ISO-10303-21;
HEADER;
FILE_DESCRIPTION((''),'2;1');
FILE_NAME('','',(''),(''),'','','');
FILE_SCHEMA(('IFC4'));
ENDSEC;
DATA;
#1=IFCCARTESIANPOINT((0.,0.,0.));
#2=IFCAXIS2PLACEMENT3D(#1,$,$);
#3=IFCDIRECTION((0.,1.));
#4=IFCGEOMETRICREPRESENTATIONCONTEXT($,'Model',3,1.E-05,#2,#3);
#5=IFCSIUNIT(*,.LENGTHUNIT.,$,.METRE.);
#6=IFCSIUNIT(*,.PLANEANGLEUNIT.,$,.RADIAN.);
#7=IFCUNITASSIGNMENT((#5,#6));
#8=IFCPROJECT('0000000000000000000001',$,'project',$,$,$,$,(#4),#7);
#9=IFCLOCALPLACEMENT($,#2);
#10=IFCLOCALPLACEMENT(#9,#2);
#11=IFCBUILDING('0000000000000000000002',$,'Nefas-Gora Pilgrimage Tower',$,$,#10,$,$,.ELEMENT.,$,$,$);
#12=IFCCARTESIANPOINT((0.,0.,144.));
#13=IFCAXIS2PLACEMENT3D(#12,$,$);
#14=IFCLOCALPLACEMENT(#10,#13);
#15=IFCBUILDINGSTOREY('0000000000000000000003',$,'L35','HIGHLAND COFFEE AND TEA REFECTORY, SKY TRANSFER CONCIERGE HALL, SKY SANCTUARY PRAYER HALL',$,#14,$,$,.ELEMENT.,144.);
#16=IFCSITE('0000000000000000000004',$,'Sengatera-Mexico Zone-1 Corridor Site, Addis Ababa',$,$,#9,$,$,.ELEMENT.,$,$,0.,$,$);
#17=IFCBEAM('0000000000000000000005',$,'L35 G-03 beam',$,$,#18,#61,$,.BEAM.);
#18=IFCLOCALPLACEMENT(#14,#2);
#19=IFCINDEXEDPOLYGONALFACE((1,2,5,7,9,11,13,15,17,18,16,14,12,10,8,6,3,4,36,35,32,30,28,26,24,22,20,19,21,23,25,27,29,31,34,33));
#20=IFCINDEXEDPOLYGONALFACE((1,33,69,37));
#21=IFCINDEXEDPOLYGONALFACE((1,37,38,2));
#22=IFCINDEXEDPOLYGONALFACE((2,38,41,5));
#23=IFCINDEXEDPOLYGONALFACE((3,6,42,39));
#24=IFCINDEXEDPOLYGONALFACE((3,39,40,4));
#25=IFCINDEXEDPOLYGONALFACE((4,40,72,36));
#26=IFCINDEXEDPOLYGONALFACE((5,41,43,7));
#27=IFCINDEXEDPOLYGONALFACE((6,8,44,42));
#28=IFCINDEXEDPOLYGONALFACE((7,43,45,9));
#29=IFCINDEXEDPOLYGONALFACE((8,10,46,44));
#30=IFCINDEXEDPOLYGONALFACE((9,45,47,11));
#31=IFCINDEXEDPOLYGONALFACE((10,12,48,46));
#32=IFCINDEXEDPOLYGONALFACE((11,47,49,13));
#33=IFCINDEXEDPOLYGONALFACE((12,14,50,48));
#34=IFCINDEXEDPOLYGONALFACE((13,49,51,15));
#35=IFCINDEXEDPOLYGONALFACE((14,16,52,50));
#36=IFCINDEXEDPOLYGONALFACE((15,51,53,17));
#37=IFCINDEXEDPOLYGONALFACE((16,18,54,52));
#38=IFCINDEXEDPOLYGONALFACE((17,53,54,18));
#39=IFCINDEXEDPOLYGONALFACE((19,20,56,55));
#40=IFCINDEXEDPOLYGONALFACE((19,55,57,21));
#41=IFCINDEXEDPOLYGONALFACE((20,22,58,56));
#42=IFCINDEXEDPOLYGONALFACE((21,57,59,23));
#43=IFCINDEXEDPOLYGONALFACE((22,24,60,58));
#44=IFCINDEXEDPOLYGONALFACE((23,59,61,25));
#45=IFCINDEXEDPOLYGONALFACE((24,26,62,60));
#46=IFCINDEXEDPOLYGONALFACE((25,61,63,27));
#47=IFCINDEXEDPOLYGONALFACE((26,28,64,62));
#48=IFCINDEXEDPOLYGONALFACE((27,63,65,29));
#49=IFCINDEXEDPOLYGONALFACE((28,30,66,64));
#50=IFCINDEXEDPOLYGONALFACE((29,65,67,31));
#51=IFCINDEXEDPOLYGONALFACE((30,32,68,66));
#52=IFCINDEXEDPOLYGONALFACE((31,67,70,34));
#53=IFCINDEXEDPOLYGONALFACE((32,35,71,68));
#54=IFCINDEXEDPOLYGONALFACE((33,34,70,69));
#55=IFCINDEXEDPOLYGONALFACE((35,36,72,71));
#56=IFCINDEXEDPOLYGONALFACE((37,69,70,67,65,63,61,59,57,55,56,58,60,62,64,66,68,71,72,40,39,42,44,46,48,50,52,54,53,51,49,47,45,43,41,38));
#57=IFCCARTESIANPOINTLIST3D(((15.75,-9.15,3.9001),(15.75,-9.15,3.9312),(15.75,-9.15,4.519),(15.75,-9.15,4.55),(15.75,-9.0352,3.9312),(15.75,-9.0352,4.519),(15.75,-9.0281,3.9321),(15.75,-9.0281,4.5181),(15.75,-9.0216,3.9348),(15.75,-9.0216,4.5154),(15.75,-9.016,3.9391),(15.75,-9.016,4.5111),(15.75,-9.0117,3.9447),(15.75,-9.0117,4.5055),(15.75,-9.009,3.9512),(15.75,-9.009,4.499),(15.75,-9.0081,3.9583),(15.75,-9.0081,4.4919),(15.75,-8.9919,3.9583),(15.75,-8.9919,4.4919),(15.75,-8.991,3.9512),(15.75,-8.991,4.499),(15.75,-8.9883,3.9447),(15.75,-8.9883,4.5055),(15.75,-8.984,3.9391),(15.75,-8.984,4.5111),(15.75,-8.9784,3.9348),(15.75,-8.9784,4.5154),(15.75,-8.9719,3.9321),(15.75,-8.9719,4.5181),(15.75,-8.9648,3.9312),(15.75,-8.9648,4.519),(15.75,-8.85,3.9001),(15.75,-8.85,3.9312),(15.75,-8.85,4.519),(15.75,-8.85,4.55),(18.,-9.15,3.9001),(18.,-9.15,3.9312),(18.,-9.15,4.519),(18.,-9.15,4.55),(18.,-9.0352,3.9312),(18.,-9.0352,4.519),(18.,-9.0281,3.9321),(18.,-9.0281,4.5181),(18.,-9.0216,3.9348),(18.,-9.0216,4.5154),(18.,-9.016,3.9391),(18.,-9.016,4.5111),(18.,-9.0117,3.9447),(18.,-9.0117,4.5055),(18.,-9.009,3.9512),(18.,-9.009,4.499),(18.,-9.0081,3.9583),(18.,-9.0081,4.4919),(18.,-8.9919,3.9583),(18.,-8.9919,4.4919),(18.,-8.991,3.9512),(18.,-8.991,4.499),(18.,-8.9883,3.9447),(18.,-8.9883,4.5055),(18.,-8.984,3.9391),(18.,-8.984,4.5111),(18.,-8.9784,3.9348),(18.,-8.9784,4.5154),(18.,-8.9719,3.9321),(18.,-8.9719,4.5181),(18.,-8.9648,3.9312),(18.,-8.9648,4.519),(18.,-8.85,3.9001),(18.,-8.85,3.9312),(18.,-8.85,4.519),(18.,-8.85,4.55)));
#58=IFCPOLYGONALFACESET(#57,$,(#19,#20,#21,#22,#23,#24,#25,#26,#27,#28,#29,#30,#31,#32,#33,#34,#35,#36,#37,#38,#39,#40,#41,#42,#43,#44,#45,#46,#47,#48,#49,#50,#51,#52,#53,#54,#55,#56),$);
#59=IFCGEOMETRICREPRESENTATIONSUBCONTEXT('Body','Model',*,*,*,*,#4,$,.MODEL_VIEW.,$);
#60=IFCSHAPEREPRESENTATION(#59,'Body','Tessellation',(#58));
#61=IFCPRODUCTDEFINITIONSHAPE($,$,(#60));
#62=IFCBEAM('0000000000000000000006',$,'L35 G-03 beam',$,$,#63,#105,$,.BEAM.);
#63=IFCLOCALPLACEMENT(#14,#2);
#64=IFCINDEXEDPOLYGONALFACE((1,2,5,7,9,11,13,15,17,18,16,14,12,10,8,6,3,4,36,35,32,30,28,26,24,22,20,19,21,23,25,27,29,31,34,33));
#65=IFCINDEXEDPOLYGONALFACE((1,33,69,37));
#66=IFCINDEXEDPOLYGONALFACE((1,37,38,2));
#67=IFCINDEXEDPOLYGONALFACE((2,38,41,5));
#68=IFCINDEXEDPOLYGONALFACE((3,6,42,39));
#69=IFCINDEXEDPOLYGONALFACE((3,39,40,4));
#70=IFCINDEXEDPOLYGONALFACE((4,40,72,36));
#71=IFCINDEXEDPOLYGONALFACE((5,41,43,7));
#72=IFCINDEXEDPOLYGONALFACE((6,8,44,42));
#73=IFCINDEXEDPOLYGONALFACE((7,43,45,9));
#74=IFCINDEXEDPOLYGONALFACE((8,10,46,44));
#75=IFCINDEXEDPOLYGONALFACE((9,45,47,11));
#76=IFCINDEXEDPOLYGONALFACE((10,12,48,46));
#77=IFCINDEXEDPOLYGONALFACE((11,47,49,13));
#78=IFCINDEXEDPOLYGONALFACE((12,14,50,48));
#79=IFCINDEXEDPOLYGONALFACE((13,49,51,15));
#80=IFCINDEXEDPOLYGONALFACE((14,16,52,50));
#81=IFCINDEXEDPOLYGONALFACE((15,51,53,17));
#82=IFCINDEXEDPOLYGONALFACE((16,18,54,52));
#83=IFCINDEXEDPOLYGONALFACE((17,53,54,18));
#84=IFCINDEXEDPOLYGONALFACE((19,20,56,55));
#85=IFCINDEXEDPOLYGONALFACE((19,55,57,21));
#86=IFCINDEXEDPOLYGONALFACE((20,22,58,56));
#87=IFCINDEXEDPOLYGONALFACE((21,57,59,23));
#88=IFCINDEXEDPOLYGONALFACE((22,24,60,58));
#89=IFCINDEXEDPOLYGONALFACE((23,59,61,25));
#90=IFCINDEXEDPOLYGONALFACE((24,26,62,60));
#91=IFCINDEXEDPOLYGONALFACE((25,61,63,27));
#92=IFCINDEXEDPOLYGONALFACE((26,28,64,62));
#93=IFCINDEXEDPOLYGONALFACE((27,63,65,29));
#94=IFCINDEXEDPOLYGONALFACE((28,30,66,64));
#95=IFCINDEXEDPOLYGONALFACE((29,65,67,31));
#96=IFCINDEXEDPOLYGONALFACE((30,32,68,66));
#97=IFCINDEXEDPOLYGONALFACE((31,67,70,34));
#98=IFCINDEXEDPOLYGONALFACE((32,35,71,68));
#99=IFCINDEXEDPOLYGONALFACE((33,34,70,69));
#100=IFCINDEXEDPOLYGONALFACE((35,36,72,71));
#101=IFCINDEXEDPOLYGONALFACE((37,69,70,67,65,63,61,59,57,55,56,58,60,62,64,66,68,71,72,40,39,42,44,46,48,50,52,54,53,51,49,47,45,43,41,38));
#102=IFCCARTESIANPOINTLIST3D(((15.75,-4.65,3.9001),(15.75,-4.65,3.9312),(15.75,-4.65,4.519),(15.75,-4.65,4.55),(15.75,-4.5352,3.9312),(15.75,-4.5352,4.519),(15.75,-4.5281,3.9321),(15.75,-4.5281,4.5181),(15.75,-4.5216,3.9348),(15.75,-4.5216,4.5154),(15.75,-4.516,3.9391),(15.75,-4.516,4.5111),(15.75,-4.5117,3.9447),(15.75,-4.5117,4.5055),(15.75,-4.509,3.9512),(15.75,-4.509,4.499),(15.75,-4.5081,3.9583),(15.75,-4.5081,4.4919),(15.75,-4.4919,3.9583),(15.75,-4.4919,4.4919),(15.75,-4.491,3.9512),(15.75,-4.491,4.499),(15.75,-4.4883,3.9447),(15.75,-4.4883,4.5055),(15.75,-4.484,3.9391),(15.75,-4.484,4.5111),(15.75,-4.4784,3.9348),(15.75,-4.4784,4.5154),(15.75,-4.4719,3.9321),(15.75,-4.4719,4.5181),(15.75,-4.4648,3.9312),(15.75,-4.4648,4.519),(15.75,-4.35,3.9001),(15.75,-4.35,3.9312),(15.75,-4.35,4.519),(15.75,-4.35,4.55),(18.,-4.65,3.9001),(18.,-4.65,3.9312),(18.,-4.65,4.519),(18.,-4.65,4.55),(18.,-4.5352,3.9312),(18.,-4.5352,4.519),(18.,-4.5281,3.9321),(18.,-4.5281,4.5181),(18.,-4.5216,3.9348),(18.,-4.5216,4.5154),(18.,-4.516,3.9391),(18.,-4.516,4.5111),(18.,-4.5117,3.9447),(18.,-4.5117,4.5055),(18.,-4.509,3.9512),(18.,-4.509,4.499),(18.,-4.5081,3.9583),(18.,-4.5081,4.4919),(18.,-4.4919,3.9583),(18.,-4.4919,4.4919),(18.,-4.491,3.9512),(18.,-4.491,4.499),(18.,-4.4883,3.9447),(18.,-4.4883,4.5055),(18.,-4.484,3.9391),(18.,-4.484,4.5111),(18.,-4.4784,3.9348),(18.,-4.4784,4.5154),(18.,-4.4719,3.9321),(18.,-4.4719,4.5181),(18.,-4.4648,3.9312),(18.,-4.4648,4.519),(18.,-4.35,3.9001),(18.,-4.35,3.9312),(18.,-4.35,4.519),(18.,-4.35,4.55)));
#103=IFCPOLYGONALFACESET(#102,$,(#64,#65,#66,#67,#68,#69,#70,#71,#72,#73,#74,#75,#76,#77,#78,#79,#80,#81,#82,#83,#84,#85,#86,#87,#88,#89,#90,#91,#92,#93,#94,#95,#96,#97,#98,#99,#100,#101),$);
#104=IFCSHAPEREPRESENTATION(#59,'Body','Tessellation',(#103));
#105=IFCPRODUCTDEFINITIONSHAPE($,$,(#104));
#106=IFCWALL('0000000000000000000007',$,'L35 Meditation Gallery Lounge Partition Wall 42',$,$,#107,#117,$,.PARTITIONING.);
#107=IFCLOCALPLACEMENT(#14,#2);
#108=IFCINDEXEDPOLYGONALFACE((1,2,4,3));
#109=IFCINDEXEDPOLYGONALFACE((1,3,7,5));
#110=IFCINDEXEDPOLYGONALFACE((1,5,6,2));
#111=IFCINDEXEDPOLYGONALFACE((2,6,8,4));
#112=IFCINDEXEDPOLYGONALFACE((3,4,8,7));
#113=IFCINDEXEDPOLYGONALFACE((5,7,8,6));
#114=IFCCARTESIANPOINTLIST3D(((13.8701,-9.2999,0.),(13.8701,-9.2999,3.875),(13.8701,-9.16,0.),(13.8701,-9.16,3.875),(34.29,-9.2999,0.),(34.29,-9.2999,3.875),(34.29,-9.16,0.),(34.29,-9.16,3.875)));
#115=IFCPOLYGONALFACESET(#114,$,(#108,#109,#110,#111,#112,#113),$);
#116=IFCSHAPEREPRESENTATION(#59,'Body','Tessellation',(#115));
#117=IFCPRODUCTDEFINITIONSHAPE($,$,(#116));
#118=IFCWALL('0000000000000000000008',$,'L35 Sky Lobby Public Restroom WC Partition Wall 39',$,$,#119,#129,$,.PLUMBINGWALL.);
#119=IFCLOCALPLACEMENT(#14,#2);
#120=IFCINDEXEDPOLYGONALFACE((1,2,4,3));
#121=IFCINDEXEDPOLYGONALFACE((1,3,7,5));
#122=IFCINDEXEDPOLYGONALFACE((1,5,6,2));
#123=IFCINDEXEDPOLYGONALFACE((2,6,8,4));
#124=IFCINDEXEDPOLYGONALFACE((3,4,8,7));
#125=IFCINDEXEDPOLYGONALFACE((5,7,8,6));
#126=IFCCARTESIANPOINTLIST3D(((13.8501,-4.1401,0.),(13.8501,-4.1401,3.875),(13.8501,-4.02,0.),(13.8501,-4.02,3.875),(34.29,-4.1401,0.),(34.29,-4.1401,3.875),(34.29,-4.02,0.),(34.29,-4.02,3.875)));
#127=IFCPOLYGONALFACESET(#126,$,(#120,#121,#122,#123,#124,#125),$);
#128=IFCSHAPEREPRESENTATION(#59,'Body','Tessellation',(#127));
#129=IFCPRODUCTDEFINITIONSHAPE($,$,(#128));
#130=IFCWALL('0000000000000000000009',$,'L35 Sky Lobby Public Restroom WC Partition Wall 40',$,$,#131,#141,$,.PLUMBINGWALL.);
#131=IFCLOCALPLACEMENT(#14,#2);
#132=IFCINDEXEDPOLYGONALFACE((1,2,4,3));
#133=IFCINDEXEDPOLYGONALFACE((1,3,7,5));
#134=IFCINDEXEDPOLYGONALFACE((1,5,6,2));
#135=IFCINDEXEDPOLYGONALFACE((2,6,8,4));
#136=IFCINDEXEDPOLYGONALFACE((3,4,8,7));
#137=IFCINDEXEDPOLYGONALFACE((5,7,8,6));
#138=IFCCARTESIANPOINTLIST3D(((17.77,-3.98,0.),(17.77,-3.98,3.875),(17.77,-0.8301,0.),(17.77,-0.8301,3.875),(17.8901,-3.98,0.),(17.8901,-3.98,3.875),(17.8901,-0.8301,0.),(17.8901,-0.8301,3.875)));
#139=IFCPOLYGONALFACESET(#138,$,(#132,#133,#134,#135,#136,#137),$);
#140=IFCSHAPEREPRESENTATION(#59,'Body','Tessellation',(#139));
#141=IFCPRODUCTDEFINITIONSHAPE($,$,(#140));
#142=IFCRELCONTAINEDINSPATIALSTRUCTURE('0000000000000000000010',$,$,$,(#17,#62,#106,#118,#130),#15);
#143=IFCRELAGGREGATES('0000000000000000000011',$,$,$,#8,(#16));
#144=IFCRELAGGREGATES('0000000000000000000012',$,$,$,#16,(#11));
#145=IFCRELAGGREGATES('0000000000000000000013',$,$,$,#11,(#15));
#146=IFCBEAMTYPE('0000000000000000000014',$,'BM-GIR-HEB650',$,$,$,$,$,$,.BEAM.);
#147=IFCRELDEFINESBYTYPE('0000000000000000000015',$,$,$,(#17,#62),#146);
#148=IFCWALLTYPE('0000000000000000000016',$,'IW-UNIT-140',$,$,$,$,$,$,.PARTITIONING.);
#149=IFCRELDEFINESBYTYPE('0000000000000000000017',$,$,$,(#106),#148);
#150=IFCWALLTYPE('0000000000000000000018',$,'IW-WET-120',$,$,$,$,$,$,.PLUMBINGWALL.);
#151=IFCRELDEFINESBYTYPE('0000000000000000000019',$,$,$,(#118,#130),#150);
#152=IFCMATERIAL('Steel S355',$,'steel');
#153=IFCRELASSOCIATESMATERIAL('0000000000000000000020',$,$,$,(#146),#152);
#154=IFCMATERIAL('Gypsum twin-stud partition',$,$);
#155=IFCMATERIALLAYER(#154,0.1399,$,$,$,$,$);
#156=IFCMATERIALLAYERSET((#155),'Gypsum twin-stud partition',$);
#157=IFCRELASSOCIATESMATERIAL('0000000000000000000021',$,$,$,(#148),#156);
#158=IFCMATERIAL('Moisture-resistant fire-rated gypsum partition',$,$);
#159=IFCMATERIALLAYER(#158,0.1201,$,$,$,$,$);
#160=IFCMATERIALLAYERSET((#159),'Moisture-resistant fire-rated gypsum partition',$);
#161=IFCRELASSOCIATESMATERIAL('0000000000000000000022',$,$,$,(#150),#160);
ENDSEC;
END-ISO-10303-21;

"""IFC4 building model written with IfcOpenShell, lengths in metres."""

from ifc_helpers import new_model, si_unit, direction, frame, frame_2d, origin, origin_2d, place, context, subcontext, project, spatial, rectangle, i_section, extrude, source, transform, mapped, material, layer, layer_set, material_profile, profile_set, type_object, element, save


model = new_model("IFC4")

# Units and contexts
model_context = context("Model", 3, precision=1e-05, world=origin(), true_north=direction((0.0, 1.0)))
body_context = subcontext(model_context, "Body", "Model", "MODEL_VIEW")
ifc_project = project(units=[si_unit("LENGTHUNIT", "METRE"), si_unit("PLANEANGLEUNIT", "RADIAN")], contexts=[model_context])

# Site, building, storey
site_placement = place(None, origin())
site = spatial("IfcSite", under=ifc_project, at=site_placement, Name="Sengatera-Mexico Zone-1 Corridor Site, Addis Ababa", CompositionType="ELEMENT", RefElevation=0.0)
building_placement = place(site_placement, origin())
building = spatial("IfcBuilding", under=site, at=building_placement, Name="Nefas-Gora Pilgrimage Tower", CompositionType="ELEMENT")
storey_placement = place(building_placement, frame((0.0, 0.0, 144.0)))
storey = spatial("IfcBuildingStorey", under=building, at=storey_placement, Name="L35", Description="HIGHLAND COFFEE AND TEA REFECTORY, SKY TRANSFER CONCIERGE HALL, SKY SANCTUARY PRAYER HALL", CompositionType="ELEMENT", Elevation=144.0)

# Beams
ifc_material_1 = material(Name="Steel S355", Category="steel")
ifc_material_profile_1 = material_profile(ifc_material_1, i_section(OverallWidth=0.3, OverallDepth=0.6499, WebThickness=0.0161, FlangeThickness=0.031, FilletRadius=0.0271, at=origin_2d()), Name="HEB 650")
ifc_profile_set_1 = profile_set([ifc_material_profile_1], Name="Steel S355")
beam_type_1 = type_object("IfcBeamType", Name="BM-GIR-HEB650", PredefinedType="BEAM", material=ifc_profile_set_1)
shared_shape_1 = source(origin(), body_context, "Body", "SweptSolid", [
    extrude(i_section(OverallWidth=0.3, OverallDepth=0.6499, WebThickness=0.0161, FlangeThickness=0.031, FilletRadius=0.0271, at=origin_2d()), origin(), (0.0, 0.0, 1.0), 2.25),
])
for number, where, z_axis, x_axis, name in (
    (1, (15.75, -9.0, 4.2251), (1.0, 0.0, 0.0), (0.0, 1.0, 0.0), "L35 G-03 beam"),
    (2, (15.75, -4.5, 4.2251), (1.0, 0.0, 0.0), (0.0, 1.0, 0.0), "L35 G-03 beam"),
):
    element("IfcBeam", number, at=place(storey_placement, frame(where, z_axis=z_axis, x_axis=x_axis)), inside=storey, type_object=beam_type_1, Name=name, PredefinedType="BEAM", context=body_context, shape_type="MappedRepresentation", body=[
        mapped(shared_shape_1, transform((0.0, 0.0, 0.0), x_axis=(1.0, 0.0, 0.0), y_axis=(0.0, 1.0, 0.0), z_axis=(0.0, 0.0, 1.0), scale=1.0)),
    ])

# Walls
ifc_material_2 = material(Name="Gypsum twin-stud partition")
ifc_layer_1 = layer(ifc_material_2, 0.1399)
ifc_layer_set_1 = layer_set([ifc_layer_1], Name="Gypsum twin-stud partition")
wall_type_1 = type_object("IfcWallType", Name="IW-UNIT-140", PredefinedType="PARTITIONING", material=ifc_layer_set_1)
shared_shape_2 = source(origin(), body_context, "Body", "SweptSolid", [
    extrude(rectangle(XDim=20.4199, YDim=0.1399, at=frame_2d((10.21, 0.0))), origin(), (0.0, 0.0, 1.0), 3.875),
])
wall_1_placement = place(storey_placement, frame((13.8701, -9.23, 0.0), z_axis=(0.0, 0.0, 1.0), x_axis=(1.0, 0.0, 0.0)))
element("IfcWall", 3, at=wall_1_placement, inside=storey, type_object=wall_type_1, Name="L35 Meditation Gallery Lounge Partition Wall 42", PredefinedType="PARTITIONING", context=body_context, shape_type="MappedRepresentation", body=[
    mapped(shared_shape_2, transform((0.0, 0.0, 0.0), x_axis=(1.0, 0.0, 0.0), y_axis=(0.0, 1.0, 0.0), z_axis=(0.0, 0.0, 1.0), scale=1.0)),
])
ifc_material_3 = material(Name="Moisture-resistant fire-rated gypsum partition")
ifc_layer_2 = layer(ifc_material_3, 0.1201)
ifc_layer_set_2 = layer_set([ifc_layer_2], Name="Moisture-resistant fire-rated gypsum partition")
wall_type_2 = type_object("IfcWallType", Name="IW-WET-120", PredefinedType="PLUMBINGWALL", material=ifc_layer_set_2)
shared_shape_3 = source(origin(), body_context, "Body", "SweptSolid", [
    extrude(rectangle(XDim=20.4399, YDim=0.1201, at=frame_2d((10.22, 0.0))), origin(), (0.0, 0.0, 1.0), 3.875),
])
wall_2_placement = place(storey_placement, frame((13.8501, -4.0801, 0.0), z_axis=(0.0, 0.0, 1.0), x_axis=(1.0, 0.0, 0.0)))
element("IfcWall", 4, at=wall_2_placement, inside=storey, type_object=wall_type_2, Name="L35 Sky Lobby Public Restroom WC Partition Wall 39", PredefinedType="PLUMBINGWALL", context=body_context, shape_type="MappedRepresentation", body=[
    mapped(shared_shape_3, transform((0.0, 0.0, 0.0), x_axis=(1.0, 0.0, 0.0), y_axis=(0.0, 1.0, 0.0), z_axis=(0.0, 0.0, 1.0), scale=1.0)),
])
shared_shape_4 = source(origin(), body_context, "Body", "SweptSolid", [
    extrude(rectangle(XDim=3.1499, YDim=0.1201, at=frame_2d((1.575, 0.0))), origin(), (0.0, 0.0, 1.0), 3.875),
])
wall_3_placement = place(storey_placement, frame((17.8301, -3.98, 0.0), z_axis=(0.0, 0.0, 1.0), x_axis=(0.0, 1.0, 0.0)))
element("IfcWall", 5, at=wall_3_placement, inside=storey, type_object=wall_type_2, Name="L35 Sky Lobby Public Restroom WC Partition Wall 40", PredefinedType="PLUMBINGWALL", context=body_context, shape_type="MappedRepresentation", body=[
    mapped(shared_shape_4, transform((0.0, 0.0, 0.0), x_axis=(1.0, 0.0, 0.0), y_axis=(0.0, 1.0, 0.0), z_axis=(0.0, 0.0, 1.0), scale=1.0)),
])

save(model, "model.ifc")
